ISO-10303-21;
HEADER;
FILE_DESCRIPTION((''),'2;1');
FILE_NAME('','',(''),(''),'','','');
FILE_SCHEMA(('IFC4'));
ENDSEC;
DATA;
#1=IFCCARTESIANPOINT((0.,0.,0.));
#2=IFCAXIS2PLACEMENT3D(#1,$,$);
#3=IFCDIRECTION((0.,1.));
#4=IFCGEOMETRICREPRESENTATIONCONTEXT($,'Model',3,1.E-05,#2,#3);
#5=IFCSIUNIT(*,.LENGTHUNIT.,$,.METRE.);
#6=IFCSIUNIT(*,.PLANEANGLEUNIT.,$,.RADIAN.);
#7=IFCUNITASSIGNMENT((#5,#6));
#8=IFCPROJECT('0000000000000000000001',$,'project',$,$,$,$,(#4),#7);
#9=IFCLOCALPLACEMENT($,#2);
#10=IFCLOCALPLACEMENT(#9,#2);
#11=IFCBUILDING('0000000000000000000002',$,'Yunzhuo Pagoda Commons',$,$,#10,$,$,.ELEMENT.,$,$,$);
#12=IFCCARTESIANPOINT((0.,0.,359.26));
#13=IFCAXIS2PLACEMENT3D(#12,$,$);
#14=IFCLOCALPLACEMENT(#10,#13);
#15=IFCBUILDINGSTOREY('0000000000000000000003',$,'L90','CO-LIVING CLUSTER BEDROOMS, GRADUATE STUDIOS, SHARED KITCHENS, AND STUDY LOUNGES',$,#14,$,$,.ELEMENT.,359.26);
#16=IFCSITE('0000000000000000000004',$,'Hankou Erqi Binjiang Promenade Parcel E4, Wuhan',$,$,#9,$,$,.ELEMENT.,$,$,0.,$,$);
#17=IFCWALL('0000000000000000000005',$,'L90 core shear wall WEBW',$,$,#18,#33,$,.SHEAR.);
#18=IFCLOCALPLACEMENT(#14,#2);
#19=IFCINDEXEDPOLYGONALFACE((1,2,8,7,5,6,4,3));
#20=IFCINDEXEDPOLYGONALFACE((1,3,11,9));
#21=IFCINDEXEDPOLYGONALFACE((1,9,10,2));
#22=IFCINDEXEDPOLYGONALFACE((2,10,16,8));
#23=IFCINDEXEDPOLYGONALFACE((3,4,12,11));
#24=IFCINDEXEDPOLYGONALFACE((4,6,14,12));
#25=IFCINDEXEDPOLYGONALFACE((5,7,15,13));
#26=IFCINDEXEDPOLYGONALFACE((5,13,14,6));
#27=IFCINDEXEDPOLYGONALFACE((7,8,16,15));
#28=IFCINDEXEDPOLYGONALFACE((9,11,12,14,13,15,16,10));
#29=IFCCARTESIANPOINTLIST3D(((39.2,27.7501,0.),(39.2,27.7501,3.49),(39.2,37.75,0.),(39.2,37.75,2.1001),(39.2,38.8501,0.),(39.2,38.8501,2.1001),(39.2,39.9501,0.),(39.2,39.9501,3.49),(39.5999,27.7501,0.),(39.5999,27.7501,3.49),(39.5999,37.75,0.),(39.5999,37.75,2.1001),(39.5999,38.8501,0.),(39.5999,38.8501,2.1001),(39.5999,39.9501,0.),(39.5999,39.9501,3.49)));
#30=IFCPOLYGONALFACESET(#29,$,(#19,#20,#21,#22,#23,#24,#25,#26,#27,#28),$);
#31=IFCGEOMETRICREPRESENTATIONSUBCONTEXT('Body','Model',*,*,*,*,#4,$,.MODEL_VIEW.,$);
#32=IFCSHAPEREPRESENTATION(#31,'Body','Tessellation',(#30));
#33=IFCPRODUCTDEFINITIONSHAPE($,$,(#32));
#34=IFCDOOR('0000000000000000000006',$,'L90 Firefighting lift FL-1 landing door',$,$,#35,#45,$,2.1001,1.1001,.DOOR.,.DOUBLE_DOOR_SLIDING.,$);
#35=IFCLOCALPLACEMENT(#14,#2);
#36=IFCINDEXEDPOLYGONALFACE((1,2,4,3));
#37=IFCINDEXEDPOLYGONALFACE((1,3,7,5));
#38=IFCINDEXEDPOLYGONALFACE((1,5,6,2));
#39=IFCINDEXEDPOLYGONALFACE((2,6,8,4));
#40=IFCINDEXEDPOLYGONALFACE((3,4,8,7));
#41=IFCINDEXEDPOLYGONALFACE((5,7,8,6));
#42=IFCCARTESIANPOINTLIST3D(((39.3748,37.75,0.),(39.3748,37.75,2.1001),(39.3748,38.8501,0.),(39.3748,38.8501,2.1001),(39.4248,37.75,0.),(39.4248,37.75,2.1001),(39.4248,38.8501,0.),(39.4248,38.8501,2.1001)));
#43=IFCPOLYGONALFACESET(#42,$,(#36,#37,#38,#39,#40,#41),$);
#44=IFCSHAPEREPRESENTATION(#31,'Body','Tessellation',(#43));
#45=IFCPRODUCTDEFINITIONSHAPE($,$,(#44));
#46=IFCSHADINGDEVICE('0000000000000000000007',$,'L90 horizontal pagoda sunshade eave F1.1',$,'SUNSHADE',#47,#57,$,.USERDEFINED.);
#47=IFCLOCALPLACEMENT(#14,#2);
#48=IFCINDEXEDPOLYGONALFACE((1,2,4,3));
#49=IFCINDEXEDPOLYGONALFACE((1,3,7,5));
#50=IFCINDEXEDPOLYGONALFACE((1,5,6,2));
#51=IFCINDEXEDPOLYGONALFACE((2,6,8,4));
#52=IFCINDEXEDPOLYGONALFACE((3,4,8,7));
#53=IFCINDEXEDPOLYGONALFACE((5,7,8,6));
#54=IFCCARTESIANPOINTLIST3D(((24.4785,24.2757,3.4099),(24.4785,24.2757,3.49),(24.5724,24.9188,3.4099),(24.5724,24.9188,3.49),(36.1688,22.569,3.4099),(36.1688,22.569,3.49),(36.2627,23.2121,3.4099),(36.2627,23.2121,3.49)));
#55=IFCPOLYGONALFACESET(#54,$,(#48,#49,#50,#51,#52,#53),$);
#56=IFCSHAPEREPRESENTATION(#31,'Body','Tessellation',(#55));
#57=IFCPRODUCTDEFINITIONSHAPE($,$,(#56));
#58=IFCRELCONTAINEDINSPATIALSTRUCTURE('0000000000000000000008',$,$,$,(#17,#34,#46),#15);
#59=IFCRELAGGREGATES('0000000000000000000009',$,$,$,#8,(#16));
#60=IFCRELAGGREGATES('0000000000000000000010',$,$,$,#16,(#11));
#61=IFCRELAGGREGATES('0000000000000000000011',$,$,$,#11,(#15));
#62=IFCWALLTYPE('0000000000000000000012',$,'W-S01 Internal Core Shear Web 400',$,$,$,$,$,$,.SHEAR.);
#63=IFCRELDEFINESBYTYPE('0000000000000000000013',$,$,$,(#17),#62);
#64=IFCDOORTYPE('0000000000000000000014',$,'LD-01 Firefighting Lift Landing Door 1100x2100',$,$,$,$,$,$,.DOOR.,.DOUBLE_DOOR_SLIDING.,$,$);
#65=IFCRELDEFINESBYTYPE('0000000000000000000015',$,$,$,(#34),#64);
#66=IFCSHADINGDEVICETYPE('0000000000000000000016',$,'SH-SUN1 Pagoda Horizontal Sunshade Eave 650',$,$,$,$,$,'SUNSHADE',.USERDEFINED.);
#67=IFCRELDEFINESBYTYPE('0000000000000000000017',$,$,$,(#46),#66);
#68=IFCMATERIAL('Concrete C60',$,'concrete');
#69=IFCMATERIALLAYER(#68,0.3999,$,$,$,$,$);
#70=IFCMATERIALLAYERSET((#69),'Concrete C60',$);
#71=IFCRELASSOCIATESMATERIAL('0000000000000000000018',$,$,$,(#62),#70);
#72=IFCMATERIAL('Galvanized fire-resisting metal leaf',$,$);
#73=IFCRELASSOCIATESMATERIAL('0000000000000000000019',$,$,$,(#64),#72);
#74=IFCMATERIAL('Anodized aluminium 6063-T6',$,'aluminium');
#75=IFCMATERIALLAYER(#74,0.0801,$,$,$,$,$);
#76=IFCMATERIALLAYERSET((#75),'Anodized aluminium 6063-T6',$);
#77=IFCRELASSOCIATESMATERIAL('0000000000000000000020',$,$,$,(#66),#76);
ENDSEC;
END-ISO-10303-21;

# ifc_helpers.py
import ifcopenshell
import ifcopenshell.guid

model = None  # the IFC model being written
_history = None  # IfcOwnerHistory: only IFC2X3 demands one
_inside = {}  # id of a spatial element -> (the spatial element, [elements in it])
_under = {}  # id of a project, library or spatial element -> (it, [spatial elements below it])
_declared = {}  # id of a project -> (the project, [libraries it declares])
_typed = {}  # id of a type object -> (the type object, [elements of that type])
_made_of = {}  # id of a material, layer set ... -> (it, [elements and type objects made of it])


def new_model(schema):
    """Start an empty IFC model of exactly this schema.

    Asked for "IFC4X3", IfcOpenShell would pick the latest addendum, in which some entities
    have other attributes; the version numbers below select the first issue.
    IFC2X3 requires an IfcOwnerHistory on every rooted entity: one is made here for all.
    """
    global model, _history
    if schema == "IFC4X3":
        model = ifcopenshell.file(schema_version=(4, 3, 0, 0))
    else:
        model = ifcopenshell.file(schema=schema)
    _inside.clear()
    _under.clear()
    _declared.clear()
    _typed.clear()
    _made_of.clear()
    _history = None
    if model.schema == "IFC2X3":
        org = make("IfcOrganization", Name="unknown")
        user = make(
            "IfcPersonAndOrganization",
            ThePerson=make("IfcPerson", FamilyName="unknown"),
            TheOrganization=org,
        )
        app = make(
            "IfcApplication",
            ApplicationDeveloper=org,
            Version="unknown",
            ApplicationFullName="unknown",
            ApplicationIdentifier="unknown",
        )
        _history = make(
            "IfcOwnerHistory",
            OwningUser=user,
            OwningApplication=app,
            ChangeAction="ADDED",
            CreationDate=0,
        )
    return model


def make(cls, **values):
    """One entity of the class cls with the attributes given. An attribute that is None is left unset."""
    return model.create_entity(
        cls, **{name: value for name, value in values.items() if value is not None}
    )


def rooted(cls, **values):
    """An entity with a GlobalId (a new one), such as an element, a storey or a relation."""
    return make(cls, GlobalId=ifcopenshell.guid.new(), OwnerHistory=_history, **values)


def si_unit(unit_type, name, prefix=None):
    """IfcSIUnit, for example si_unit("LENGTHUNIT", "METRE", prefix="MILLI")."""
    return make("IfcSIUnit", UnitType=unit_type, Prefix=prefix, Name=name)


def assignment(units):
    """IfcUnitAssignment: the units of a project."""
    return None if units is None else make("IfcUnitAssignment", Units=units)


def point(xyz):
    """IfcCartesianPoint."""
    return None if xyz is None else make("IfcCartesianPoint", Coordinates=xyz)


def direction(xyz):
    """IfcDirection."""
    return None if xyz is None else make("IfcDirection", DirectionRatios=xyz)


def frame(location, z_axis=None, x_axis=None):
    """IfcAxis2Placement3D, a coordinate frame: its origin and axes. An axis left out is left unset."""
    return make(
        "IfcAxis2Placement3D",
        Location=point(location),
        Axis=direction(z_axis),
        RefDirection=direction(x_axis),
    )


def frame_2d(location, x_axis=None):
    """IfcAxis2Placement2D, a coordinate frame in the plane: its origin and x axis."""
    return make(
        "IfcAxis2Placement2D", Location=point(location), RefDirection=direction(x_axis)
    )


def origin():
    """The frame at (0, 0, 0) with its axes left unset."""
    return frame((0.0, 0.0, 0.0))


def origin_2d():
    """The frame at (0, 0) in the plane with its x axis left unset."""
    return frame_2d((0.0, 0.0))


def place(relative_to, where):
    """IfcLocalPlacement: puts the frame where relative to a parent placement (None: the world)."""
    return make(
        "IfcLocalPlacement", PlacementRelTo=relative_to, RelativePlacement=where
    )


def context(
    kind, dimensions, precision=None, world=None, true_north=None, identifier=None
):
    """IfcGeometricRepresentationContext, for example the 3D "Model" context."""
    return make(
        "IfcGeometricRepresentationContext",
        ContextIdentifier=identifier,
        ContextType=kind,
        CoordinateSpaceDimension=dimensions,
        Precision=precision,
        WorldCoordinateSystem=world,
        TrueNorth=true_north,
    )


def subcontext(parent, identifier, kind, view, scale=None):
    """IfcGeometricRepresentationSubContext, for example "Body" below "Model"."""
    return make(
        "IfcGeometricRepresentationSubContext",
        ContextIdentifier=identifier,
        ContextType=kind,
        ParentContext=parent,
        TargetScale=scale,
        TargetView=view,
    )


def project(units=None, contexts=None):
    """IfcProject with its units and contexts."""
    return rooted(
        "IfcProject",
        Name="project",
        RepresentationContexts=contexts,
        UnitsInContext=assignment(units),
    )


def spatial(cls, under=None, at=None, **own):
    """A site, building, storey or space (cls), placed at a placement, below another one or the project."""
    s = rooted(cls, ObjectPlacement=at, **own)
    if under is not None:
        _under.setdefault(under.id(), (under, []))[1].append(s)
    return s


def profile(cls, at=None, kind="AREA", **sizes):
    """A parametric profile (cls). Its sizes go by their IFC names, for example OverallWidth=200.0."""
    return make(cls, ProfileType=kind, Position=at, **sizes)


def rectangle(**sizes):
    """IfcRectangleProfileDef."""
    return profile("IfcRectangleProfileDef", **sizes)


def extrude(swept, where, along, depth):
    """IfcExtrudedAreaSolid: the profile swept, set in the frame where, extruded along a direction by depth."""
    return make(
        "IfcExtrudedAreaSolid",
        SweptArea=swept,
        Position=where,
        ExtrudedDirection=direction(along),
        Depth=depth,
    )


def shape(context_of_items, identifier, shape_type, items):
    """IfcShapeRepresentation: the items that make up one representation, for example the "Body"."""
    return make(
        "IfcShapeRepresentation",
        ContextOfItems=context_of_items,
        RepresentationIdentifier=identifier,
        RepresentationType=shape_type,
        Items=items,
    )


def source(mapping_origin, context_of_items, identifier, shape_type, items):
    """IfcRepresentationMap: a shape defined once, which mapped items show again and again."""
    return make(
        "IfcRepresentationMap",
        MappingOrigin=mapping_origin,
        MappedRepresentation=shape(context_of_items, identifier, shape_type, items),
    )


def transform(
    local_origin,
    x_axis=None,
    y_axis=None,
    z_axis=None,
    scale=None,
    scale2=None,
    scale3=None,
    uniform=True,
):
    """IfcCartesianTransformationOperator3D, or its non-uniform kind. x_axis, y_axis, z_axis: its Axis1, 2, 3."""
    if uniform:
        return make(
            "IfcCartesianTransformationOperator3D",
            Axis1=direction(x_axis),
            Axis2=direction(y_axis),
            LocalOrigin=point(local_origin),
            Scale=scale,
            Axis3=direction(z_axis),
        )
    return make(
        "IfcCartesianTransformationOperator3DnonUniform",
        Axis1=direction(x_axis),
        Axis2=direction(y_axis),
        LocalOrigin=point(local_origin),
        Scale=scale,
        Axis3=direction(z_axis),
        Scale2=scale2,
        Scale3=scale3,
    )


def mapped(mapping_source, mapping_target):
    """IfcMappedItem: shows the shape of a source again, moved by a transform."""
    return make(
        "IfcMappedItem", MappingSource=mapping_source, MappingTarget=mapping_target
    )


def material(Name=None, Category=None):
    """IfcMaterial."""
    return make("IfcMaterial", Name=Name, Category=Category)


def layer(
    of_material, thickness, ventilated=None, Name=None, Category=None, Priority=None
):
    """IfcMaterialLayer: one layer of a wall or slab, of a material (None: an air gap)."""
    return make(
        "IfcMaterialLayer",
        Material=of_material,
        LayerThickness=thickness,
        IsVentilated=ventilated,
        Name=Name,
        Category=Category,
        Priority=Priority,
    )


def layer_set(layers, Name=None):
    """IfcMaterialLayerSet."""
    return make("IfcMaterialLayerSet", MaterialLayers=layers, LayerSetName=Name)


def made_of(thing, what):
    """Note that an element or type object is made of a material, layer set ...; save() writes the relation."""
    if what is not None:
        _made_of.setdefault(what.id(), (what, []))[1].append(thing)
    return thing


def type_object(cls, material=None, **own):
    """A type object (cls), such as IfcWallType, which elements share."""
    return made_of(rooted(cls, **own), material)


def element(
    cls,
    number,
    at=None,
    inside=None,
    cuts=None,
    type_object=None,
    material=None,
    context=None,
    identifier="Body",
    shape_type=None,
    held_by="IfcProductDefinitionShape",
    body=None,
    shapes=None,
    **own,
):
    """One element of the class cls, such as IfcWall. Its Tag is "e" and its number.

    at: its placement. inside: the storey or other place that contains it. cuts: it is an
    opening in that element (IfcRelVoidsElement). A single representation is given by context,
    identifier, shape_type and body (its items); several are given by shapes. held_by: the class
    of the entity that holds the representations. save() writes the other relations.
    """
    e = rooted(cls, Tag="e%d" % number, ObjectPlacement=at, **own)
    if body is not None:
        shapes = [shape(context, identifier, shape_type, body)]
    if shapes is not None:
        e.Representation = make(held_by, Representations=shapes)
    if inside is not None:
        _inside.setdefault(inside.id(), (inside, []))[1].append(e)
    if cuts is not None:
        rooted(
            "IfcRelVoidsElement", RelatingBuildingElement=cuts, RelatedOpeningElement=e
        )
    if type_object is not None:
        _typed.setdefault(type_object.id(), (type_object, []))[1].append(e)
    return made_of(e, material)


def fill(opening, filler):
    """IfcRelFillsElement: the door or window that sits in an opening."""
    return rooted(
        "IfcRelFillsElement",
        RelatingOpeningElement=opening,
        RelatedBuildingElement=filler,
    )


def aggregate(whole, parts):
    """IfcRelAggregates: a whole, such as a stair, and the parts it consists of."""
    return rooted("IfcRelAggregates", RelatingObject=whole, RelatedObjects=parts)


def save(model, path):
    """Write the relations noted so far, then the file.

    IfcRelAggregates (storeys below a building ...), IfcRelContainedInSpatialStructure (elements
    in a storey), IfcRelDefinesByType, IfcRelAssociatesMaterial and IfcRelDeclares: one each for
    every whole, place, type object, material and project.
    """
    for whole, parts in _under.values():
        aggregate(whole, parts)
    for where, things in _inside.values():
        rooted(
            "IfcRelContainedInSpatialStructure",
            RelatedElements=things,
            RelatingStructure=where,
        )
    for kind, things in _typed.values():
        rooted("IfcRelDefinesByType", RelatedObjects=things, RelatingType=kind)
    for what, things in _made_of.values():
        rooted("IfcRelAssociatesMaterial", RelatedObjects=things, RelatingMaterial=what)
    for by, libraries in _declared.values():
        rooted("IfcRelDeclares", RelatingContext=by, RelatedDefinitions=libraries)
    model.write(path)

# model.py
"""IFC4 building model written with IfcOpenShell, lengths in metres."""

from ifc_helpers import new_model, si_unit, direction, frame, frame_2d, origin, origin_2d, place, context, subcontext, project, spatial, rectangle, extrude, source, transform, mapped, material, layer, layer_set, type_object, element, fill, save


model = new_model("IFC4")

# Units and contexts
model_context = context("Model", 3, precision=1e-05, world=origin(), true_north=direction((0.0, 1.0)))
body_context = subcontext(model_context, "Body", "Model", "MODEL_VIEW")
ifc_project = project(units=[si_unit("LENGTHUNIT", "METRE"), si_unit("PLANEANGLEUNIT", "RADIAN")], contexts=[model_context])

# Site, building, storey
site_placement = place(None, origin())
site = spatial("IfcSite", under=ifc_project, at=site_placement, Name="Hankou Erqi Binjiang Promenade Parcel E4, Wuhan", CompositionType="ELEMENT", RefElevation=0.0)
building_placement = place(site_placement, origin())
building = spatial("IfcBuilding", under=site, at=building_placement, Name="Yunzhuo Pagoda Commons", CompositionType="ELEMENT")
storey_placement = place(building_placement, frame((0.0, 0.0, 359.26)))
storey = spatial("IfcBuildingStorey", under=building, at=storey_placement, Name="L90", Description="CO-LIVING CLUSTER BEDROOMS, GRADUATE STUDIOS, SHARED KITCHENS, AND STUDY LOUNGES", CompositionType="ELEMENT", Elevation=359.26)

# Shared definitions
ifc_material_1 = material(Name="Anodized aluminium 6063-T6", Category="aluminium")

# Wall, opening, door
ifc_material_2 = material(Name="Concrete C60", Category="concrete")
ifc_layer_1 = layer(ifc_material_2, 0.3999)
ifc_layer_set_1 = layer_set([ifc_layer_1], Name="Concrete C60")
wall_type_1 = type_object("IfcWallType", Name="W-S01 Internal Core Shear Web 400", PredefinedType="SHEAR", material=ifc_layer_set_1)
wall_1_placement = place(storey_placement, frame((39.3999, 27.75, 0.0), z_axis=(0.0, 0.0, 1.0), x_axis=(0.0, 1.0, 0.0)))
wall_1 = element("IfcWall", 1, at=wall_1_placement, inside=storey, type_object=wall_type_1, Name="L90 core shear wall WEBW", PredefinedType="SHEAR", context=body_context, shape_type="SweptSolid", body=[
    extrude(rectangle(XDim=12.2, YDim=0.3999, at=frame_2d((6.1001, 0.0))), origin(), (0.0, 0.0, 1.0), 3.49),
])
opening_placement = place(wall_1_placement, frame((10.0, 0.0, 0.0)))
opening = element("IfcOpeningElement", 2, at=opening_placement, cuts=wall_1, PredefinedType="OPENING", context=body_context, shape_type="SweptSolid", body=[
    extrude(rectangle(XDim=1.1001, YDim=2.1001, at=frame_2d((0.55, 1.05))), frame((0.0, 0.21, 0.0), z_axis=(0.0, -1.0, 0.0), x_axis=(1.0, 0.0, 0.0)), (0.0, 0.0, 1.0), 0.4199),
])
ifc_material_3 = material(Name="Galvanized fire-resisting metal leaf")
door_type = type_object("IfcDoorType", Name="LD-01 Firefighting Lift Landing Door 1100x2100", OperationType="DOUBLE_DOOR_SLIDING", PredefinedType="DOOR", material=ifc_material_3)
shared_shape_1 = source(origin(), body_context, "Body", "SweptSolid", [
    extrude(rectangle(XDim=1.1001, YDim=2.1001, at=frame_2d((0.55, 1.05))), frame((0.0, 0.0249, 0.0), z_axis=(0.0, -1.0, 0.0), x_axis=(1.0, 0.0, 0.0)), (0.0, 0.0, 1.0), 0.05),
])
door_placement = place(opening_placement, frame((1.1001, 0.0, 0.0), z_axis=(0.0, 0.0, 1.0), x_axis=(-1.0, 0.0, 0.0)))
door = element("IfcDoor", 3, at=door_placement, inside=storey, type_object=door_type, Name="L90 Firefighting lift FL-1 landing door", OperationType="DOUBLE_DOOR_SLIDING", OverallHeight=2.1001, OverallWidth=1.1001, PredefinedType="DOOR", context=body_context, shape_type="MappedRepresentation", body=[
    mapped(shared_shape_1, transform((0.0, 0.0, 0.0), scale=1.0)),
])
fill(opening, door)

# Shading device
ifc_layer_2 = layer(ifc_material_1, 0.0801)
ifc_layer_set_2 = layer_set([ifc_layer_2], Name="Anodized aluminium 6063-T6")
shading_device_type = type_object("IfcShadingDeviceType", Name="SH-SUN1 Pagoda Horizontal Sunshade Eave 650", ElementType="SUNSHADE", PredefinedType="USERDEFINED", material=ifc_layer_set_2)
shared_shape_2 = source(origin(), body_context, "Body", "SweptSolid", [
    extrude(rectangle(XDim=11.8142, YDim=0.6499, at=origin_2d()), origin(), (0.0, 0.0, 1.0), 0.0801),
])
shading_device_placement = place(storey_placement, frame((30.3706, 23.7439, 3.4099), z_axis=(0.0, 0.0, 1.0), x_axis=(0.989511, -0.14446, 0.0)))
element("IfcShadingDevice", 4, at=shading_device_placement, inside=storey, type_object=shading_device_type, Name="L90 horizontal pagoda sunshade eave F1.1", ObjectType="SUNSHADE", PredefinedType="USERDEFINED", context=body_context, shape_type="MappedRepresentation", body=[
    mapped(shared_shape_2, transform((0.0, 0.0, 0.0), scale=1.0)),
])

save(model, "model.ifc")
